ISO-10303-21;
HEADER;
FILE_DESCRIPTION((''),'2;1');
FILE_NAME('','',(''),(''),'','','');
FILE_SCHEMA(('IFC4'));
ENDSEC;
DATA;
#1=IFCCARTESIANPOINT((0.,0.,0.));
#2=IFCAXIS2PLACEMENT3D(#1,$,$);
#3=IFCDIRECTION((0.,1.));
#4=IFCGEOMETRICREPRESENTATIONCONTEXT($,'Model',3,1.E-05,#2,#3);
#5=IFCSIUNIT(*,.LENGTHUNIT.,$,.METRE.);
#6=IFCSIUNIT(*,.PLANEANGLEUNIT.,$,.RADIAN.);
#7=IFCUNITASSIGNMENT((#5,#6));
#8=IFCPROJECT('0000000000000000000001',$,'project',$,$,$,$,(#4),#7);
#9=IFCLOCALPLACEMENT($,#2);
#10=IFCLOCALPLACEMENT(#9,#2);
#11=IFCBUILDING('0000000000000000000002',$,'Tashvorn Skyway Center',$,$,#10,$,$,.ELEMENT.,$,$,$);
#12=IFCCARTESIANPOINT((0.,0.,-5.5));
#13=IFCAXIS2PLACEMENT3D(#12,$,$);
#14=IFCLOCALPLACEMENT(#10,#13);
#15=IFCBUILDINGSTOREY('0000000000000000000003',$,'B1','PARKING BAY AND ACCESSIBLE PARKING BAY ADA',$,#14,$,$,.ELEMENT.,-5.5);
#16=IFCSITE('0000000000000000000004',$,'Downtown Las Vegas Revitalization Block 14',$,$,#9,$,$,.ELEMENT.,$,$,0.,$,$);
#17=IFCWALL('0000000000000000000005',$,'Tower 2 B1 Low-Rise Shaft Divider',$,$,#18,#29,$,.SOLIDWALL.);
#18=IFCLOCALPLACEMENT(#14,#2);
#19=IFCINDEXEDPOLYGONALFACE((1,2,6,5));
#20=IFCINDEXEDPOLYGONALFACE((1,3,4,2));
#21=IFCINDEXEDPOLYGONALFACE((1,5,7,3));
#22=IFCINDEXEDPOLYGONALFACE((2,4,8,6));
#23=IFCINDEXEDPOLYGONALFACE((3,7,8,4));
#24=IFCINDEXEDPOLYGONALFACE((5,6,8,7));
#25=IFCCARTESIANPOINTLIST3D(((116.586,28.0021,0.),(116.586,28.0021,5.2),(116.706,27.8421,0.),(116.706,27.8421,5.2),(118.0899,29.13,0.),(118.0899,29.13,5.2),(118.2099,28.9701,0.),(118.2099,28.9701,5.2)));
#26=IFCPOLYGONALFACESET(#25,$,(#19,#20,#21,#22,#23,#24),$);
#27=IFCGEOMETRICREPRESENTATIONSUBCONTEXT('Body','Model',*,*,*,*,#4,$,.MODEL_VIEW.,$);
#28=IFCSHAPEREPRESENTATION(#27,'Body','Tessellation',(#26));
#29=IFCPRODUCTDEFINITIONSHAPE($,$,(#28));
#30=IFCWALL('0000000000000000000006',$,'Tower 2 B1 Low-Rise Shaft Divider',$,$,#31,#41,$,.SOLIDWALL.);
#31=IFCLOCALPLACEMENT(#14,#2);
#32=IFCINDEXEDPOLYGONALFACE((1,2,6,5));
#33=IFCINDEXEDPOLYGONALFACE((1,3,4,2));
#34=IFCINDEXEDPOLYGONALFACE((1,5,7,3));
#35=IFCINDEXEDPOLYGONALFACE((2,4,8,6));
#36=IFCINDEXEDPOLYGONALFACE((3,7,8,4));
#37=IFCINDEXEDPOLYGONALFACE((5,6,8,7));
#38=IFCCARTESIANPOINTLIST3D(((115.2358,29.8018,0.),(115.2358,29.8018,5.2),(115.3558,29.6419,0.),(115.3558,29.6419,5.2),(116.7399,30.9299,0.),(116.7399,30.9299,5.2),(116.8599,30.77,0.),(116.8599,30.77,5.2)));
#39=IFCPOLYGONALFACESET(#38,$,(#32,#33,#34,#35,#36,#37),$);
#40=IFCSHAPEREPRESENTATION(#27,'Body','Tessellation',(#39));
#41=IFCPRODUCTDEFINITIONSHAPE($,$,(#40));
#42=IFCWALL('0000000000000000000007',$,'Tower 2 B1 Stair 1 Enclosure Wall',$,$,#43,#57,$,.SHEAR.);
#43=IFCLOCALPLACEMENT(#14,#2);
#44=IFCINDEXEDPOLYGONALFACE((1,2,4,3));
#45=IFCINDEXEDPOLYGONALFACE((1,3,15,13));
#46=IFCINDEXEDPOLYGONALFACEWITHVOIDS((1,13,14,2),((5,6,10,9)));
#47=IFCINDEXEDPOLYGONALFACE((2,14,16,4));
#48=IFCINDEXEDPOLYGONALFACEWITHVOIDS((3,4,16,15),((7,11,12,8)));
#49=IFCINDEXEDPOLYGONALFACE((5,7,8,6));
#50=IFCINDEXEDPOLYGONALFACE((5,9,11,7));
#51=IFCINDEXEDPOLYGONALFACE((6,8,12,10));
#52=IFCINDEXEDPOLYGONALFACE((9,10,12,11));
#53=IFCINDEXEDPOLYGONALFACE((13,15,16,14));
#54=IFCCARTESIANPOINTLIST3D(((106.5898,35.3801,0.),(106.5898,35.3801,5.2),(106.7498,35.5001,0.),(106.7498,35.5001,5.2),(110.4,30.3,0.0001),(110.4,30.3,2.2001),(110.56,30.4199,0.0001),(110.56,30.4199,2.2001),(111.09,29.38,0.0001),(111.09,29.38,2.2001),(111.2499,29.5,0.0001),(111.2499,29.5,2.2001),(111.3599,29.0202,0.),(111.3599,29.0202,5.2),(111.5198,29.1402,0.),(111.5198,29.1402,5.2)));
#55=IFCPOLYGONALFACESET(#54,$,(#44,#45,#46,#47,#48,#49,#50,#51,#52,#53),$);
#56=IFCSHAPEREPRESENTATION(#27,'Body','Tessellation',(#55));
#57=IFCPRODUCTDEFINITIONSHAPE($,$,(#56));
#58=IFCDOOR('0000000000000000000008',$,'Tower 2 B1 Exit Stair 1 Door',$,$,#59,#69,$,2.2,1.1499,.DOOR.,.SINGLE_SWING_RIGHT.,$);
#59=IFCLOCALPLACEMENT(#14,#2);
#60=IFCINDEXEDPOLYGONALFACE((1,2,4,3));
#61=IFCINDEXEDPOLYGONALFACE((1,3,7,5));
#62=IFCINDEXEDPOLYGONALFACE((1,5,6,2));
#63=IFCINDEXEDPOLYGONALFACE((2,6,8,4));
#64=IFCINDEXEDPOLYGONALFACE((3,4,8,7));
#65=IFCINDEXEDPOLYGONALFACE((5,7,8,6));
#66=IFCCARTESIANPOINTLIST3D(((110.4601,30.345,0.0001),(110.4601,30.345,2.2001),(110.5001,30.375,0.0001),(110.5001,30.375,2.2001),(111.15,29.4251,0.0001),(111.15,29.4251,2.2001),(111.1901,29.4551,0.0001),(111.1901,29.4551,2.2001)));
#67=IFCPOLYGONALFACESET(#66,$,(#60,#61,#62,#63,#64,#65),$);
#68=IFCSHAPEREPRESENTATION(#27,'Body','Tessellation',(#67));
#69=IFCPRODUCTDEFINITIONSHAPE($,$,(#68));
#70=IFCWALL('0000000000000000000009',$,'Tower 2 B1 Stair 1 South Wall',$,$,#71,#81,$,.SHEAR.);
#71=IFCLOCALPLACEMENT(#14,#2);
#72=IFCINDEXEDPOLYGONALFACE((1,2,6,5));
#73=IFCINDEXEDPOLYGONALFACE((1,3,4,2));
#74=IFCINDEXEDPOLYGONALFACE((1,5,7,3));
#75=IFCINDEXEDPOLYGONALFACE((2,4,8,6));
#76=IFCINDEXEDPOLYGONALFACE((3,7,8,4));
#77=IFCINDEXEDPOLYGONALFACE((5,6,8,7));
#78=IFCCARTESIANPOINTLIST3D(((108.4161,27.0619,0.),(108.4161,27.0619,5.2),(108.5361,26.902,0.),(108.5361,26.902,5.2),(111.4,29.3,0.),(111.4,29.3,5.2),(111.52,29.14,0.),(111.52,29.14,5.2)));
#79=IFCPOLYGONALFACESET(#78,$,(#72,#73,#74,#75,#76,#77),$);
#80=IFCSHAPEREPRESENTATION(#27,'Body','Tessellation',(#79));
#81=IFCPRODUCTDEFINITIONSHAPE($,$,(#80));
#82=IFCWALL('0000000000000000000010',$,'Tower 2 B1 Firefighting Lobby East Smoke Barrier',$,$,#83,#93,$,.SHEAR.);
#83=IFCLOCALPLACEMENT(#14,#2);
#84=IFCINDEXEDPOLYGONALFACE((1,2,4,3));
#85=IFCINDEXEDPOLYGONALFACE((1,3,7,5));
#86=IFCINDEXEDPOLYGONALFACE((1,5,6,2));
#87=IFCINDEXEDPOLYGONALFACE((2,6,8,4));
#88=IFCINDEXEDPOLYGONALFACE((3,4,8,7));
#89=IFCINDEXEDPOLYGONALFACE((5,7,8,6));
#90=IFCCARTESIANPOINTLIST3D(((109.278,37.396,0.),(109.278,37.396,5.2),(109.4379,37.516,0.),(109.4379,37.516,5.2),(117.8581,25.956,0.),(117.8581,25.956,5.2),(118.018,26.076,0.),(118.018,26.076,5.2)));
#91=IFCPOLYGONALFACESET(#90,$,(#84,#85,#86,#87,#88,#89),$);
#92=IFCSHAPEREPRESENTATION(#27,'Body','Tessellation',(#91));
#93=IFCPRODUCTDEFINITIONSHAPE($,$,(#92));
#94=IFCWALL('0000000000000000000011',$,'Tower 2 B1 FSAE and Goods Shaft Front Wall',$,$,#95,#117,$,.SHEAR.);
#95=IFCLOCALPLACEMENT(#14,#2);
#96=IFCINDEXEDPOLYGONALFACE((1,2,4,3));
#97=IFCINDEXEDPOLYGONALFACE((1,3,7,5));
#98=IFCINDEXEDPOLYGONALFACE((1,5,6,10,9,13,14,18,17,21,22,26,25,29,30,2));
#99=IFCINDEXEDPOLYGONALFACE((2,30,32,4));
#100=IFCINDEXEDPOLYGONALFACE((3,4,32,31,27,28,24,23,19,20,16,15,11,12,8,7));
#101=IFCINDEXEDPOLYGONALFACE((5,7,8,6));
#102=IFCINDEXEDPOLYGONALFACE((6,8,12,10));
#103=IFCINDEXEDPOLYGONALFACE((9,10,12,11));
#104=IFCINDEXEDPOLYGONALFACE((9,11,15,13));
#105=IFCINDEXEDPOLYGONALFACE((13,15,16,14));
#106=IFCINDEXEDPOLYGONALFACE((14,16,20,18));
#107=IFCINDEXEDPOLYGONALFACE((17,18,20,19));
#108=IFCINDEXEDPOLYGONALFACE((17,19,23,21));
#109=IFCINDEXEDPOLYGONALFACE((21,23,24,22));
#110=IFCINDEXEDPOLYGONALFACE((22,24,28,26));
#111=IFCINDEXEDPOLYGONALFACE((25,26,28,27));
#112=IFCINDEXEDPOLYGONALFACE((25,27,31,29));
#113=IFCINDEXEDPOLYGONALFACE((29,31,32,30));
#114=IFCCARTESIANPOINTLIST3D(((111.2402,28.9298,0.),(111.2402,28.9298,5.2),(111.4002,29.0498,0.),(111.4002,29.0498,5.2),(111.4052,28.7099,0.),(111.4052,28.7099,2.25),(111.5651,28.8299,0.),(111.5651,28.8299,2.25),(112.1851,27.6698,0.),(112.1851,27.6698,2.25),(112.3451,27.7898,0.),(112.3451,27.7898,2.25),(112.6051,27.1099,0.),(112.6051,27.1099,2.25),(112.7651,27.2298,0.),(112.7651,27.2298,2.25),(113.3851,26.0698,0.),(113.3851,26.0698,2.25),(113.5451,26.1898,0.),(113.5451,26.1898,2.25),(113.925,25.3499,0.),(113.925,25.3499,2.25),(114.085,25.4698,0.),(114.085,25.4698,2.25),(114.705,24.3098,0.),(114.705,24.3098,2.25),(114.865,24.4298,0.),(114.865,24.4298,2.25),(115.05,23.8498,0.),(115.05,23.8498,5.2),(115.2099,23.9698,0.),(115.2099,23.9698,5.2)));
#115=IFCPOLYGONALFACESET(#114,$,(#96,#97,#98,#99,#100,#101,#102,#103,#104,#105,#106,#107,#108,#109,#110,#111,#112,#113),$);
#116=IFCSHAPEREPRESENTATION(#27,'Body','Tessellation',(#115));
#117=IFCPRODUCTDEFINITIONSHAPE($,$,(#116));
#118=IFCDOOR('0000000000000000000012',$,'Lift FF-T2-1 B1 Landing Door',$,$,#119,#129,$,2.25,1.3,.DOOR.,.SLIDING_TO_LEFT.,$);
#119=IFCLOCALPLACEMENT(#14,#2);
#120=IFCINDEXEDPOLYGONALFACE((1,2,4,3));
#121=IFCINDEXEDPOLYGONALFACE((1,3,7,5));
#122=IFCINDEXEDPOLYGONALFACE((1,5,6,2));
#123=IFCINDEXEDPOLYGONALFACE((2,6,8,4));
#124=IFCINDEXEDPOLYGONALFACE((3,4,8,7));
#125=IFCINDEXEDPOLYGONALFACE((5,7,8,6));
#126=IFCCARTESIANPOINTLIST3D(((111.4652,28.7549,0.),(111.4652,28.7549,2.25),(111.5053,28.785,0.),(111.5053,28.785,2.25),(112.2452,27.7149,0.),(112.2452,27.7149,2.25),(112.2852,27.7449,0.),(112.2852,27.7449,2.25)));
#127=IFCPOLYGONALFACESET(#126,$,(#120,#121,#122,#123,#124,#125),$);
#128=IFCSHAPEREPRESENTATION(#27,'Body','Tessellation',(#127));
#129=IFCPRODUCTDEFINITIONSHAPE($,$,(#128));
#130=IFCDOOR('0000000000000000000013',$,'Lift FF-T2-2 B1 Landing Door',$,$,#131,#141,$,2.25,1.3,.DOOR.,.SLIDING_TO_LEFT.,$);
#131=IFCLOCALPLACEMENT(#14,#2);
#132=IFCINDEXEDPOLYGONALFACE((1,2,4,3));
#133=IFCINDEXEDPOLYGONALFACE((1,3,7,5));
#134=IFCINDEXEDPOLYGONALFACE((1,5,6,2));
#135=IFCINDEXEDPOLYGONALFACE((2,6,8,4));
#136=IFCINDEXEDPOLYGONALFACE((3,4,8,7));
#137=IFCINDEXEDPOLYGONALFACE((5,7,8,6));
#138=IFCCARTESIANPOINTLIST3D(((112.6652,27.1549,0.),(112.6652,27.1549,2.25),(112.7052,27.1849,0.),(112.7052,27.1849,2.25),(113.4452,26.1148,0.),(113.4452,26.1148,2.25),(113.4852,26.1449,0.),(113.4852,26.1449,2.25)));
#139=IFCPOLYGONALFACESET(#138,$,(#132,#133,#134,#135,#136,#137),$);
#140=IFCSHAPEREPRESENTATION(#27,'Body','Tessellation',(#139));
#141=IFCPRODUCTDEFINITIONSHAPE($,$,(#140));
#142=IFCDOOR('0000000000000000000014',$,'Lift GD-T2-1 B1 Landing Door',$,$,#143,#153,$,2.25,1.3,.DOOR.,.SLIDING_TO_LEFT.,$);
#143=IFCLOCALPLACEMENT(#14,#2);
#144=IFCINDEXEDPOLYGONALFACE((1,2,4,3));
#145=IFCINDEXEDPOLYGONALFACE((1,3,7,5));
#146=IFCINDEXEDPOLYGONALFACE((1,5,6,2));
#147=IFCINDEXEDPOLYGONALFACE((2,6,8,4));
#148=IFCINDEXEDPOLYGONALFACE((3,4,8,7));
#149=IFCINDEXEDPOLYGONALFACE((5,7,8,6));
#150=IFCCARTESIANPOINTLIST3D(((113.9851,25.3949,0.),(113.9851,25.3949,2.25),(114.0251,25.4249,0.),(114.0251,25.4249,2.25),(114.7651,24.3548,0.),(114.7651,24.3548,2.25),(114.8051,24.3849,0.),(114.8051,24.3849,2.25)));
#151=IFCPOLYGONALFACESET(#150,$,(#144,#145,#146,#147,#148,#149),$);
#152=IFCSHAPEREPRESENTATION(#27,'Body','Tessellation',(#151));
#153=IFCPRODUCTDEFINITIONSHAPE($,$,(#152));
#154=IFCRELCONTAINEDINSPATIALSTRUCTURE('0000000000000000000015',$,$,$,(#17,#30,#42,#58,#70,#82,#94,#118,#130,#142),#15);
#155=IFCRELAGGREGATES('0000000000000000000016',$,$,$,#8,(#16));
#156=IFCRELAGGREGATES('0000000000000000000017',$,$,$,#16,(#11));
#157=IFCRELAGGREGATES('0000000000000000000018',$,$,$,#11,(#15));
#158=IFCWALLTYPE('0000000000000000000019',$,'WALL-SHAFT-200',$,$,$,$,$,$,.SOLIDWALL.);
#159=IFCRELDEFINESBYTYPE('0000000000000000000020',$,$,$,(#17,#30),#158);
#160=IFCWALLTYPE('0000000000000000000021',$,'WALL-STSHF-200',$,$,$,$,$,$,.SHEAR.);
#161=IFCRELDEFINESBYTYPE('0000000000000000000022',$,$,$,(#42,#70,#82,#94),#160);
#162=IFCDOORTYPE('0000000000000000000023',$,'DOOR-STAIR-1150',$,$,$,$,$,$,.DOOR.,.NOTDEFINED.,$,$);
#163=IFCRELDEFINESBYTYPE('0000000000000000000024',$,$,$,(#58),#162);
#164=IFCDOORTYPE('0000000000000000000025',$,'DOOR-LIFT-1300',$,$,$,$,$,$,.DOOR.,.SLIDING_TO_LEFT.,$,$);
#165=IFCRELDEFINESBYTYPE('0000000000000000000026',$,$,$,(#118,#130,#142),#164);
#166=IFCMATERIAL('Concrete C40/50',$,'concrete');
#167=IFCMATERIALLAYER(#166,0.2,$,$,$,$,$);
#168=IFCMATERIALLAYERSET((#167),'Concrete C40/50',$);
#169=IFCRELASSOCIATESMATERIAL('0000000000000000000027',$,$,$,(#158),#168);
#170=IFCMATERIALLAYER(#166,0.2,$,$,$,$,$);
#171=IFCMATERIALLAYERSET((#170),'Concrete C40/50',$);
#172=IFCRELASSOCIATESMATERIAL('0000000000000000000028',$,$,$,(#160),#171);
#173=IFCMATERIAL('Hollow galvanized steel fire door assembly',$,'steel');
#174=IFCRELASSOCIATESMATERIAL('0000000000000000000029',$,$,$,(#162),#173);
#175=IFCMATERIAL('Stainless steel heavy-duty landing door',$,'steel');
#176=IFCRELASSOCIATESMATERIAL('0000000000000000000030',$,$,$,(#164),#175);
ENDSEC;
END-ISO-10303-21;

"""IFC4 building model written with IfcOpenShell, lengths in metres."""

from ifc_helpers import new_model, si_unit, direction, frame, frame_2d, origin, place, context, subcontext, project, spatial, rectangle, extrude, material, layer, layer_set, type_object, element, fill, save


model = new_model("IFC4")

# Units and contexts
model_context = context("Model", 3, precision=1e-05, world=origin(), true_north=direction((0.0, 1.0)))
body_context = subcontext(model_context, "Body", "Model", "MODEL_VIEW")
ifc_project = project(units=[si_unit("LENGTHUNIT", "METRE"), si_unit("PLANEANGLEUNIT", "RADIAN")], contexts=[model_context])

# Site, building, storey
site_placement = place(None, origin())
site = spatial("IfcSite", under=ifc_project, at=site_placement, Name="Downtown Las Vegas Revitalization Block 14", CompositionType="ELEMENT", RefElevation=0.0)
building_placement = place(site_placement, origin())
building = spatial("IfcBuilding", under=site, at=building_placement, Name="Tashvorn Skyway Center", CompositionType="ELEMENT")
storey_placement = place(building_placement, frame((0.0, 0.0, -5.5)))
storey = spatial("IfcBuildingStorey", under=building, at=storey_placement, Name="B1", Description="PARKING BAY AND ACCESSIBLE PARKING BAY ADA", CompositionType="ELEMENT", Elevation=-5.5)

# Shared definitions
ifc_material_1 = material(Name="Concrete C40/50", Category="concrete")
ifc_material_2 = material(Name="Hollow galvanized steel fire door assembly", Category="steel")

# Walls
ifc_layer_1 = layer(ifc_material_1, 0.2)
ifc_layer_set_1 = layer_set([ifc_layer_1], Name="Concrete C40/50")
wall_type_1 = type_object("IfcWallType", Name="WALL-SHAFT-200", PredefinedType="SOLIDWALL", material=ifc_layer_set_1)
wall_1_placement = place(storey_placement, frame((116.646, 27.9221, 0.0), z_axis=(0.0, 0.0, 1.0), x_axis=(0.8, 0.6, 0.0)))
element("IfcWall", 1, at=wall_1_placement, inside=storey, type_object=wall_type_1, Name="Tower 2 B1 Low-Rise Shaft Divider", PredefinedType="SOLIDWALL", context=body_context, shape_type="SweptSolid", body=[
    extrude(rectangle(XDim=1.8799, YDim=0.2, at=frame_2d((0.9399, 0.0))), origin(), (0.0, 0.0, 1.0), 5.2),
])
wall_2_placement = place(storey_placement, frame((115.2959, 29.7219, 0.0), z_axis=(0.0, 0.0, 1.0), x_axis=(0.799984, 0.600021, 0.0)))
element("IfcWall", 2, at=wall_2_placement, inside=storey, type_object=wall_type_1, Name="Tower 2 B1 Low-Rise Shaft Divider", PredefinedType="SOLIDWALL", context=body_context, shape_type="SweptSolid", body=[
    extrude(rectangle(XDim=1.8801, YDim=0.2, at=frame_2d((0.9399, 0.0))), origin(), (0.0, 0.0, 1.0), 5.2),
])

# Wall, opening, door
ifc_layer_2 = layer(ifc_material_1, 0.2)
ifc_layer_set_2 = layer_set([ifc_layer_2], Name="Concrete C40/50")
wall_type_2 = type_object("IfcWallType", Name="WALL-STSHF-200", PredefinedType="SHEAR", material=ifc_layer_set_2)
wall_3_placement = place(storey_placement, frame((111.4399, 29.0801, 0.0), z_axis=(0.0, 0.0, 1.0), x_axis=(-0.60001, 0.799993, 0.0)))
wall_3 = element("IfcWall", 3, at=wall_3_placement, inside=storey, type_object=wall_type_2, Name="Tower 2 B1 Stair 1 Enclosure Wall", PredefinedType="SHEAR", context=body_context, shape_type="SweptSolid", body=[
    extrude(rectangle(XDim=7.95, YDim=0.2, at=frame_2d((3.9751, 0.0))), origin(), (0.0, 0.0, 1.0), 5.2),
])
opening_1_placement = place(wall_3_placement, frame((0.45, 0.0, 0.0)))
opening_1 = element("IfcOpeningElement", 4, at=opening_1_placement, cuts=wall_3, PredefinedType="OPENING", context=body_context, shape_type="SweptSolid", body=[
    extrude(rectangle(XDim=1.1499, YDim=2.2, at=frame_2d((0.575, 1.1001))), frame((0.0, 0.1099, 0.0), z_axis=(0.0, -1.0, 0.0), x_axis=(1.0, 0.0, 0.0)), (0.0, 0.0, 1.0), 0.22),
])
door_type_1 = type_object("IfcDoorType", Name="DOOR-STAIR-1150", OperationType="NOTDEFINED", PredefinedType="DOOR", material=ifc_material_2)
door_1_placement = place(opening_1_placement, origin())
door_1 = element("IfcDoor", 5, at=door_1_placement, inside=storey, type_object=door_type_1, Name="Tower 2 B1 Exit Stair 1 Door", OperationType="SINGLE_SWING_RIGHT", OverallHeight=2.2, OverallWidth=1.1499, PredefinedType="DOOR", context=body_context, shape_type="SweptSolid", body=[
    extrude(rectangle(XDim=1.1499, YDim=2.2, at=frame_2d((0.575, 1.1001))), frame((0.0, 0.0249, 0.0), z_axis=(0.0, -1.0, 0.0), x_axis=(1.0, 0.0, 0.0)), (0.0, 0.0, 1.0), 0.05),
])
fill(opening_1, door_1)

# Walls
wall_4_placement = place(storey_placement, frame((108.4761, 26.9819, 0.0), z_axis=(0.0, 0.0, 1.0), x_axis=(0.799984, 0.600021, 0.0)))
element("IfcWall", 6, at=wall_4_placement, inside=storey, type_object=wall_type_2, Name="Tower 2 B1 Stair 1 South Wall", PredefinedType="SHEAR", context=body_context, shape_type="SweptSolid", body=[
    extrude(rectangle(XDim=3.73, YDim=0.2, at=frame_2d((1.865, 0.0))), origin(), (0.0, 0.0, 1.0), 5.2),
])
wall_5_placement = place(storey_placement, frame((117.938, 26.0161, 0.0), z_axis=(0.0, 0.0, 1.0), x_axis=(-0.600005, 0.799996, 0.0)))
element("IfcWall", 7, at=wall_5_placement, inside=storey, type_object=wall_type_2, Name="Tower 2 B1 Firefighting Lobby East Smoke Barrier", PredefinedType="SHEAR", context=body_context, shape_type="SweptSolid", body=[
    extrude(rectangle(XDim=14.3, YDim=0.2, at=frame_2d((7.1499, 0.0))), origin(), (0.0, 0.0, 1.0), 5.2),
])

# Wall, openings, doors
wall_6_placement = place(storey_placement, frame((115.1299, 23.9099, 0.0), z_axis=(0.0, 0.0, 1.0), x_axis=(-0.599975, 0.800018, 0.0)))
wall_6 = element("IfcWall", 8, at=wall_6_placement, inside=storey, type_object=wall_type_2, Name="Tower 2 B1 FSAE and Goods Shaft Front Wall", PredefinedType="SHEAR", context=body_context, shape_type="SweptSolid", body=[
    extrude(rectangle(XDim=6.3499, YDim=0.2, at=frame_2d((3.1748, 0.0))), origin(), (0.0, 0.0, 1.0), 5.2),
])
opening_2_placement = place(wall_6_placement, frame((4.7749, 0.0, 0.0)))
opening_2 = element("IfcOpeningElement", 9, at=opening_2_placement, cuts=wall_6, PredefinedType="OPENING", context=body_context, shape_type="SweptSolid", body=[
    extrude(rectangle(XDim=1.3, YDim=2.25, at=frame_2d((0.6499, 1.125))), frame((0.0, 0.1099, 0.0), z_axis=(0.0, -1.0, 0.0), x_axis=(1.0, 0.0, 0.0)), (0.0, 0.0, 1.0), 0.22),
])
opening_3_placement = place(wall_6_placement, frame((2.7749, 0.0, 0.0)))
opening_3 = element("IfcOpeningElement", 10, at=opening_3_placement, cuts=wall_6, PredefinedType="OPENING", context=body_context, shape_type="SweptSolid", body=[
    extrude(rectangle(XDim=1.3, YDim=2.25, at=frame_2d((0.6499, 1.125))), frame((0.0, 0.1099, 0.0), z_axis=(0.0, -1.0, 0.0), x_axis=(1.0, 0.0, 0.0)), (0.0, 0.0, 1.0), 0.22),
])
opening_4_placement = place(wall_6_placement, frame((0.575, 0.0, 0.0)))
opening_4 = element("IfcOpeningElement", 11, at=opening_4_placement, cuts=wall_6, PredefinedType="OPENING", context=body_context, shape_type="SweptSolid", body=[
    extrude(rectangle(XDim=1.3, YDim=2.25, at=frame_2d((0.6499, 1.125))), frame((0.0, 0.1099, 0.0), z_axis=(0.0, -1.0, 0.0), x_axis=(1.0, 0.0, 0.0)), (0.0, 0.0, 1.0), 0.22),
])
ifc_material_3 = material(Name="Stainless steel heavy-duty landing door", Category="steel")
door_type_2 = type_object("IfcDoorType", Name="DOOR-LIFT-1300", OperationType="SLIDING_TO_LEFT", PredefinedType="DOOR", material=ifc_material_3)
door_2_placement = place(opening_2_placement, origin())
door_2 = element("IfcDoor", 12, at=door_2_placement, inside=storey, type_object=door_type_2, Name="Lift FF-T2-1 B1 Landing Door", OperationType="SLIDING_TO_LEFT", OverallHeight=2.25, OverallWidth=1.3, PredefinedType="DOOR", context=body_context, shape_type="SweptSolid", body=[
    extrude(rectangle(XDim=1.3, YDim=2.25, at=frame_2d((0.6499, 1.125))), frame((0.0, 0.0249, 0.0), z_axis=(0.0, -1.0, 0.0), x_axis=(1.0, 0.0, 0.0)), (0.0, 0.0, 1.0), 0.05),
])
fill(opening_2, door_2)
door_3_placement = place(opening_3_placement, origin())
door_3 = element("IfcDoor", 13, at=door_3_placement, inside=storey, type_object=door_type_2, Name="Lift FF-T2-2 B1 Landing Door", OperationType="SLIDING_TO_LEFT", OverallHeight=2.25, OverallWidth=1.3, PredefinedType="DOOR", context=body_context, shape_type="SweptSolid", body=[
    extrude(rectangle(XDim=1.3, YDim=2.25, at=frame_2d((0.6499, 1.125))), frame((0.0, 0.0249, 0.0), z_axis=(0.0, -1.0, 0.0), x_axis=(1.0, 0.0, 0.0)), (0.0, 0.0, 1.0), 0.05),
])
fill(opening_3, door_3)
door_4_placement = place(opening_4_placement, origin())
door_4 = element("IfcDoor", 14, at=door_4_placement, inside=storey, type_object=door_type_2, Name="Lift GD-T2-1 B1 Landing Door", OperationType="SLIDING_TO_LEFT", OverallHeight=2.25, OverallWidth=1.3, PredefinedType="DOOR", context=body_context, shape_type="SweptSolid", body=[
    extrude(rectangle(XDim=1.3, YDim=2.25, at=frame_2d((0.6499, 1.125))), frame((0.0, 0.0249, 0.0), z_axis=(0.0, -1.0, 0.0), x_axis=(1.0, 0.0, 0.0)), (0.0, 0.0, 1.0), 0.05),
])
fill(opening_4, door_4)

save(model, "model.ifc")
